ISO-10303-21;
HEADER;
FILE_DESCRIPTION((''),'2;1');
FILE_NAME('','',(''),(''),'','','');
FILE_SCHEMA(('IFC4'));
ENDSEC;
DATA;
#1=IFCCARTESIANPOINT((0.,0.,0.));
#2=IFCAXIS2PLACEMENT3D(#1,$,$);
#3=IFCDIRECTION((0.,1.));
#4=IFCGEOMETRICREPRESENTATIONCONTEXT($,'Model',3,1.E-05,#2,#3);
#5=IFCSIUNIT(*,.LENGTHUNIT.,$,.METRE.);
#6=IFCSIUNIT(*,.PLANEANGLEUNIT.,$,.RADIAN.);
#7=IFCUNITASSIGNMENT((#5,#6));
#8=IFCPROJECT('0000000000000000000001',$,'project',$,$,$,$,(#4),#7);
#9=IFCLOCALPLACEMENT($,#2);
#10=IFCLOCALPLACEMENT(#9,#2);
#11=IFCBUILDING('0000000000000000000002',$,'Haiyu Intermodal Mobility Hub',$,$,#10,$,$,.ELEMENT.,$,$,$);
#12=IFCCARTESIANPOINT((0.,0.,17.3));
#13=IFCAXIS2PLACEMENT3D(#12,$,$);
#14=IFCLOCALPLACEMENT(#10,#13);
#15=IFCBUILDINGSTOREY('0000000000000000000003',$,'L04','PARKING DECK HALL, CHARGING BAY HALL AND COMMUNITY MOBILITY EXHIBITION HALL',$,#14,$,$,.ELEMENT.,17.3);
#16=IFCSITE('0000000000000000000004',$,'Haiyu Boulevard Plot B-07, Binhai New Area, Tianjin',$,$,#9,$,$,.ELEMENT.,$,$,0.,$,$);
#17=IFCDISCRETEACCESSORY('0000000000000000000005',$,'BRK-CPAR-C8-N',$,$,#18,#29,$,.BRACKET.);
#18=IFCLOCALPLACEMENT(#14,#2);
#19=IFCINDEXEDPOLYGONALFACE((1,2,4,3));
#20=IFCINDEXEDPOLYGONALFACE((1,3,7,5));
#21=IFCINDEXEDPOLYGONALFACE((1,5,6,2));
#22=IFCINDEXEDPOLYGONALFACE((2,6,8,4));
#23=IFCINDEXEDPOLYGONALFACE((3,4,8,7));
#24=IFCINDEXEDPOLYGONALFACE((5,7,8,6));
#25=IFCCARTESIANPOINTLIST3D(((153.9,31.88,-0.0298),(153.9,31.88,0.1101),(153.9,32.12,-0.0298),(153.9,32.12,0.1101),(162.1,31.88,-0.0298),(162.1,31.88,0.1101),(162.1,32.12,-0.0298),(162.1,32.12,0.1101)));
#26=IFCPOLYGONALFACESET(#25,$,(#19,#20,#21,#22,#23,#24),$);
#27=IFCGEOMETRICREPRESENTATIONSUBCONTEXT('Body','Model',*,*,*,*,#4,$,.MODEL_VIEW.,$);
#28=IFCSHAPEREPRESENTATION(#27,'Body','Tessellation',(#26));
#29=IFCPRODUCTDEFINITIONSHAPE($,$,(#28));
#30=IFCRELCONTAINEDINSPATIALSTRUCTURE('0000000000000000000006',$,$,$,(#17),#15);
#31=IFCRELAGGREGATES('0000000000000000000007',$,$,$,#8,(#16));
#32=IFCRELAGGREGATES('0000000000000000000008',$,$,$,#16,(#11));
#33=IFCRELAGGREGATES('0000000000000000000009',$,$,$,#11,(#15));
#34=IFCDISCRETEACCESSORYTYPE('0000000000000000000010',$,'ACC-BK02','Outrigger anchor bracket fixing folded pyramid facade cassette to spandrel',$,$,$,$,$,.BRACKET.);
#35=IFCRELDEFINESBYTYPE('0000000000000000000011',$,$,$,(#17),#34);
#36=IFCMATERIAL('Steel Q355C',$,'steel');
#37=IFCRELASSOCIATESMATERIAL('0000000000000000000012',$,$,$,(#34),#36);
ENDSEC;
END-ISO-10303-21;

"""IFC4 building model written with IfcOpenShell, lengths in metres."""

from ifc_helpers import new_model, si_unit, direction, frame, origin, origin_2d, place, context, subcontext, project, spatial, rectangle, extrude, material, type_object, element, save


model = new_model("IFC4")

# Units and contexts
model_context = context("Model", 3, precision=1e-05, world=origin(), true_north=direction((0.0, 1.0)))
body_context = subcontext(model_context, "Body", "Model", "MODEL_VIEW")
ifc_project = project(units=[si_unit("LENGTHUNIT", "METRE"), si_unit("PLANEANGLEUNIT", "RADIAN")], contexts=[model_context])

# Site, building, storey
site_placement = place(None, origin())
site = spatial("IfcSite", under=ifc_project, at=site_placement, Name="Haiyu Boulevard Plot B-07, Binhai New Area, Tianjin", CompositionType="ELEMENT", RefElevation=0.0)
building_placement = place(site_placement, origin())
building = spatial("IfcBuilding", under=site, at=building_placement, Name="Haiyu Intermodal Mobility Hub", CompositionType="ELEMENT")
storey_placement = place(building_placement, frame((0.0, 0.0, 17.3)))
storey = spatial("IfcBuildingStorey", under=building, at=storey_placement, Name="L04", Description="PARKING DECK HALL, CHARGING BAY HALL AND COMMUNITY MOBILITY EXHIBITION HALL", CompositionType="ELEMENT", Elevation=17.3)

# Shared definitions
ifc_material_1 = material(Name="Steel Q355C", Category="steel")

# Discrete accessory
discrete_accessory_type = type_object("IfcDiscreteAccessoryType", Name="ACC-BK02", Description="Outrigger anchor bracket fixing folded pyramid facade cassette to spandrel", PredefinedType="BRACKET", material=ifc_material_1)
discrete_accessory_placement = place(storey_placement, frame((158.0, 32.0, -0.0298), z_axis=(0.0, 0.0, 1.0), x_axis=(1.0, 0.0, 0.0)))
element("IfcDiscreteAccessory", 1, at=discrete_accessory_placement, inside=storey, type_object=discrete_accessory_type, Name="BRK-CPAR-C8-N", PredefinedType="BRACKET", context=body_context, shape_type="SweptSolid", body=[
    extrude(rectangle(XDim=8.2, YDim=0.24, at=origin_2d()), origin(), (0.0, 0.0, 1.0), 0.1399),
])

save(model, "model.ifc")
